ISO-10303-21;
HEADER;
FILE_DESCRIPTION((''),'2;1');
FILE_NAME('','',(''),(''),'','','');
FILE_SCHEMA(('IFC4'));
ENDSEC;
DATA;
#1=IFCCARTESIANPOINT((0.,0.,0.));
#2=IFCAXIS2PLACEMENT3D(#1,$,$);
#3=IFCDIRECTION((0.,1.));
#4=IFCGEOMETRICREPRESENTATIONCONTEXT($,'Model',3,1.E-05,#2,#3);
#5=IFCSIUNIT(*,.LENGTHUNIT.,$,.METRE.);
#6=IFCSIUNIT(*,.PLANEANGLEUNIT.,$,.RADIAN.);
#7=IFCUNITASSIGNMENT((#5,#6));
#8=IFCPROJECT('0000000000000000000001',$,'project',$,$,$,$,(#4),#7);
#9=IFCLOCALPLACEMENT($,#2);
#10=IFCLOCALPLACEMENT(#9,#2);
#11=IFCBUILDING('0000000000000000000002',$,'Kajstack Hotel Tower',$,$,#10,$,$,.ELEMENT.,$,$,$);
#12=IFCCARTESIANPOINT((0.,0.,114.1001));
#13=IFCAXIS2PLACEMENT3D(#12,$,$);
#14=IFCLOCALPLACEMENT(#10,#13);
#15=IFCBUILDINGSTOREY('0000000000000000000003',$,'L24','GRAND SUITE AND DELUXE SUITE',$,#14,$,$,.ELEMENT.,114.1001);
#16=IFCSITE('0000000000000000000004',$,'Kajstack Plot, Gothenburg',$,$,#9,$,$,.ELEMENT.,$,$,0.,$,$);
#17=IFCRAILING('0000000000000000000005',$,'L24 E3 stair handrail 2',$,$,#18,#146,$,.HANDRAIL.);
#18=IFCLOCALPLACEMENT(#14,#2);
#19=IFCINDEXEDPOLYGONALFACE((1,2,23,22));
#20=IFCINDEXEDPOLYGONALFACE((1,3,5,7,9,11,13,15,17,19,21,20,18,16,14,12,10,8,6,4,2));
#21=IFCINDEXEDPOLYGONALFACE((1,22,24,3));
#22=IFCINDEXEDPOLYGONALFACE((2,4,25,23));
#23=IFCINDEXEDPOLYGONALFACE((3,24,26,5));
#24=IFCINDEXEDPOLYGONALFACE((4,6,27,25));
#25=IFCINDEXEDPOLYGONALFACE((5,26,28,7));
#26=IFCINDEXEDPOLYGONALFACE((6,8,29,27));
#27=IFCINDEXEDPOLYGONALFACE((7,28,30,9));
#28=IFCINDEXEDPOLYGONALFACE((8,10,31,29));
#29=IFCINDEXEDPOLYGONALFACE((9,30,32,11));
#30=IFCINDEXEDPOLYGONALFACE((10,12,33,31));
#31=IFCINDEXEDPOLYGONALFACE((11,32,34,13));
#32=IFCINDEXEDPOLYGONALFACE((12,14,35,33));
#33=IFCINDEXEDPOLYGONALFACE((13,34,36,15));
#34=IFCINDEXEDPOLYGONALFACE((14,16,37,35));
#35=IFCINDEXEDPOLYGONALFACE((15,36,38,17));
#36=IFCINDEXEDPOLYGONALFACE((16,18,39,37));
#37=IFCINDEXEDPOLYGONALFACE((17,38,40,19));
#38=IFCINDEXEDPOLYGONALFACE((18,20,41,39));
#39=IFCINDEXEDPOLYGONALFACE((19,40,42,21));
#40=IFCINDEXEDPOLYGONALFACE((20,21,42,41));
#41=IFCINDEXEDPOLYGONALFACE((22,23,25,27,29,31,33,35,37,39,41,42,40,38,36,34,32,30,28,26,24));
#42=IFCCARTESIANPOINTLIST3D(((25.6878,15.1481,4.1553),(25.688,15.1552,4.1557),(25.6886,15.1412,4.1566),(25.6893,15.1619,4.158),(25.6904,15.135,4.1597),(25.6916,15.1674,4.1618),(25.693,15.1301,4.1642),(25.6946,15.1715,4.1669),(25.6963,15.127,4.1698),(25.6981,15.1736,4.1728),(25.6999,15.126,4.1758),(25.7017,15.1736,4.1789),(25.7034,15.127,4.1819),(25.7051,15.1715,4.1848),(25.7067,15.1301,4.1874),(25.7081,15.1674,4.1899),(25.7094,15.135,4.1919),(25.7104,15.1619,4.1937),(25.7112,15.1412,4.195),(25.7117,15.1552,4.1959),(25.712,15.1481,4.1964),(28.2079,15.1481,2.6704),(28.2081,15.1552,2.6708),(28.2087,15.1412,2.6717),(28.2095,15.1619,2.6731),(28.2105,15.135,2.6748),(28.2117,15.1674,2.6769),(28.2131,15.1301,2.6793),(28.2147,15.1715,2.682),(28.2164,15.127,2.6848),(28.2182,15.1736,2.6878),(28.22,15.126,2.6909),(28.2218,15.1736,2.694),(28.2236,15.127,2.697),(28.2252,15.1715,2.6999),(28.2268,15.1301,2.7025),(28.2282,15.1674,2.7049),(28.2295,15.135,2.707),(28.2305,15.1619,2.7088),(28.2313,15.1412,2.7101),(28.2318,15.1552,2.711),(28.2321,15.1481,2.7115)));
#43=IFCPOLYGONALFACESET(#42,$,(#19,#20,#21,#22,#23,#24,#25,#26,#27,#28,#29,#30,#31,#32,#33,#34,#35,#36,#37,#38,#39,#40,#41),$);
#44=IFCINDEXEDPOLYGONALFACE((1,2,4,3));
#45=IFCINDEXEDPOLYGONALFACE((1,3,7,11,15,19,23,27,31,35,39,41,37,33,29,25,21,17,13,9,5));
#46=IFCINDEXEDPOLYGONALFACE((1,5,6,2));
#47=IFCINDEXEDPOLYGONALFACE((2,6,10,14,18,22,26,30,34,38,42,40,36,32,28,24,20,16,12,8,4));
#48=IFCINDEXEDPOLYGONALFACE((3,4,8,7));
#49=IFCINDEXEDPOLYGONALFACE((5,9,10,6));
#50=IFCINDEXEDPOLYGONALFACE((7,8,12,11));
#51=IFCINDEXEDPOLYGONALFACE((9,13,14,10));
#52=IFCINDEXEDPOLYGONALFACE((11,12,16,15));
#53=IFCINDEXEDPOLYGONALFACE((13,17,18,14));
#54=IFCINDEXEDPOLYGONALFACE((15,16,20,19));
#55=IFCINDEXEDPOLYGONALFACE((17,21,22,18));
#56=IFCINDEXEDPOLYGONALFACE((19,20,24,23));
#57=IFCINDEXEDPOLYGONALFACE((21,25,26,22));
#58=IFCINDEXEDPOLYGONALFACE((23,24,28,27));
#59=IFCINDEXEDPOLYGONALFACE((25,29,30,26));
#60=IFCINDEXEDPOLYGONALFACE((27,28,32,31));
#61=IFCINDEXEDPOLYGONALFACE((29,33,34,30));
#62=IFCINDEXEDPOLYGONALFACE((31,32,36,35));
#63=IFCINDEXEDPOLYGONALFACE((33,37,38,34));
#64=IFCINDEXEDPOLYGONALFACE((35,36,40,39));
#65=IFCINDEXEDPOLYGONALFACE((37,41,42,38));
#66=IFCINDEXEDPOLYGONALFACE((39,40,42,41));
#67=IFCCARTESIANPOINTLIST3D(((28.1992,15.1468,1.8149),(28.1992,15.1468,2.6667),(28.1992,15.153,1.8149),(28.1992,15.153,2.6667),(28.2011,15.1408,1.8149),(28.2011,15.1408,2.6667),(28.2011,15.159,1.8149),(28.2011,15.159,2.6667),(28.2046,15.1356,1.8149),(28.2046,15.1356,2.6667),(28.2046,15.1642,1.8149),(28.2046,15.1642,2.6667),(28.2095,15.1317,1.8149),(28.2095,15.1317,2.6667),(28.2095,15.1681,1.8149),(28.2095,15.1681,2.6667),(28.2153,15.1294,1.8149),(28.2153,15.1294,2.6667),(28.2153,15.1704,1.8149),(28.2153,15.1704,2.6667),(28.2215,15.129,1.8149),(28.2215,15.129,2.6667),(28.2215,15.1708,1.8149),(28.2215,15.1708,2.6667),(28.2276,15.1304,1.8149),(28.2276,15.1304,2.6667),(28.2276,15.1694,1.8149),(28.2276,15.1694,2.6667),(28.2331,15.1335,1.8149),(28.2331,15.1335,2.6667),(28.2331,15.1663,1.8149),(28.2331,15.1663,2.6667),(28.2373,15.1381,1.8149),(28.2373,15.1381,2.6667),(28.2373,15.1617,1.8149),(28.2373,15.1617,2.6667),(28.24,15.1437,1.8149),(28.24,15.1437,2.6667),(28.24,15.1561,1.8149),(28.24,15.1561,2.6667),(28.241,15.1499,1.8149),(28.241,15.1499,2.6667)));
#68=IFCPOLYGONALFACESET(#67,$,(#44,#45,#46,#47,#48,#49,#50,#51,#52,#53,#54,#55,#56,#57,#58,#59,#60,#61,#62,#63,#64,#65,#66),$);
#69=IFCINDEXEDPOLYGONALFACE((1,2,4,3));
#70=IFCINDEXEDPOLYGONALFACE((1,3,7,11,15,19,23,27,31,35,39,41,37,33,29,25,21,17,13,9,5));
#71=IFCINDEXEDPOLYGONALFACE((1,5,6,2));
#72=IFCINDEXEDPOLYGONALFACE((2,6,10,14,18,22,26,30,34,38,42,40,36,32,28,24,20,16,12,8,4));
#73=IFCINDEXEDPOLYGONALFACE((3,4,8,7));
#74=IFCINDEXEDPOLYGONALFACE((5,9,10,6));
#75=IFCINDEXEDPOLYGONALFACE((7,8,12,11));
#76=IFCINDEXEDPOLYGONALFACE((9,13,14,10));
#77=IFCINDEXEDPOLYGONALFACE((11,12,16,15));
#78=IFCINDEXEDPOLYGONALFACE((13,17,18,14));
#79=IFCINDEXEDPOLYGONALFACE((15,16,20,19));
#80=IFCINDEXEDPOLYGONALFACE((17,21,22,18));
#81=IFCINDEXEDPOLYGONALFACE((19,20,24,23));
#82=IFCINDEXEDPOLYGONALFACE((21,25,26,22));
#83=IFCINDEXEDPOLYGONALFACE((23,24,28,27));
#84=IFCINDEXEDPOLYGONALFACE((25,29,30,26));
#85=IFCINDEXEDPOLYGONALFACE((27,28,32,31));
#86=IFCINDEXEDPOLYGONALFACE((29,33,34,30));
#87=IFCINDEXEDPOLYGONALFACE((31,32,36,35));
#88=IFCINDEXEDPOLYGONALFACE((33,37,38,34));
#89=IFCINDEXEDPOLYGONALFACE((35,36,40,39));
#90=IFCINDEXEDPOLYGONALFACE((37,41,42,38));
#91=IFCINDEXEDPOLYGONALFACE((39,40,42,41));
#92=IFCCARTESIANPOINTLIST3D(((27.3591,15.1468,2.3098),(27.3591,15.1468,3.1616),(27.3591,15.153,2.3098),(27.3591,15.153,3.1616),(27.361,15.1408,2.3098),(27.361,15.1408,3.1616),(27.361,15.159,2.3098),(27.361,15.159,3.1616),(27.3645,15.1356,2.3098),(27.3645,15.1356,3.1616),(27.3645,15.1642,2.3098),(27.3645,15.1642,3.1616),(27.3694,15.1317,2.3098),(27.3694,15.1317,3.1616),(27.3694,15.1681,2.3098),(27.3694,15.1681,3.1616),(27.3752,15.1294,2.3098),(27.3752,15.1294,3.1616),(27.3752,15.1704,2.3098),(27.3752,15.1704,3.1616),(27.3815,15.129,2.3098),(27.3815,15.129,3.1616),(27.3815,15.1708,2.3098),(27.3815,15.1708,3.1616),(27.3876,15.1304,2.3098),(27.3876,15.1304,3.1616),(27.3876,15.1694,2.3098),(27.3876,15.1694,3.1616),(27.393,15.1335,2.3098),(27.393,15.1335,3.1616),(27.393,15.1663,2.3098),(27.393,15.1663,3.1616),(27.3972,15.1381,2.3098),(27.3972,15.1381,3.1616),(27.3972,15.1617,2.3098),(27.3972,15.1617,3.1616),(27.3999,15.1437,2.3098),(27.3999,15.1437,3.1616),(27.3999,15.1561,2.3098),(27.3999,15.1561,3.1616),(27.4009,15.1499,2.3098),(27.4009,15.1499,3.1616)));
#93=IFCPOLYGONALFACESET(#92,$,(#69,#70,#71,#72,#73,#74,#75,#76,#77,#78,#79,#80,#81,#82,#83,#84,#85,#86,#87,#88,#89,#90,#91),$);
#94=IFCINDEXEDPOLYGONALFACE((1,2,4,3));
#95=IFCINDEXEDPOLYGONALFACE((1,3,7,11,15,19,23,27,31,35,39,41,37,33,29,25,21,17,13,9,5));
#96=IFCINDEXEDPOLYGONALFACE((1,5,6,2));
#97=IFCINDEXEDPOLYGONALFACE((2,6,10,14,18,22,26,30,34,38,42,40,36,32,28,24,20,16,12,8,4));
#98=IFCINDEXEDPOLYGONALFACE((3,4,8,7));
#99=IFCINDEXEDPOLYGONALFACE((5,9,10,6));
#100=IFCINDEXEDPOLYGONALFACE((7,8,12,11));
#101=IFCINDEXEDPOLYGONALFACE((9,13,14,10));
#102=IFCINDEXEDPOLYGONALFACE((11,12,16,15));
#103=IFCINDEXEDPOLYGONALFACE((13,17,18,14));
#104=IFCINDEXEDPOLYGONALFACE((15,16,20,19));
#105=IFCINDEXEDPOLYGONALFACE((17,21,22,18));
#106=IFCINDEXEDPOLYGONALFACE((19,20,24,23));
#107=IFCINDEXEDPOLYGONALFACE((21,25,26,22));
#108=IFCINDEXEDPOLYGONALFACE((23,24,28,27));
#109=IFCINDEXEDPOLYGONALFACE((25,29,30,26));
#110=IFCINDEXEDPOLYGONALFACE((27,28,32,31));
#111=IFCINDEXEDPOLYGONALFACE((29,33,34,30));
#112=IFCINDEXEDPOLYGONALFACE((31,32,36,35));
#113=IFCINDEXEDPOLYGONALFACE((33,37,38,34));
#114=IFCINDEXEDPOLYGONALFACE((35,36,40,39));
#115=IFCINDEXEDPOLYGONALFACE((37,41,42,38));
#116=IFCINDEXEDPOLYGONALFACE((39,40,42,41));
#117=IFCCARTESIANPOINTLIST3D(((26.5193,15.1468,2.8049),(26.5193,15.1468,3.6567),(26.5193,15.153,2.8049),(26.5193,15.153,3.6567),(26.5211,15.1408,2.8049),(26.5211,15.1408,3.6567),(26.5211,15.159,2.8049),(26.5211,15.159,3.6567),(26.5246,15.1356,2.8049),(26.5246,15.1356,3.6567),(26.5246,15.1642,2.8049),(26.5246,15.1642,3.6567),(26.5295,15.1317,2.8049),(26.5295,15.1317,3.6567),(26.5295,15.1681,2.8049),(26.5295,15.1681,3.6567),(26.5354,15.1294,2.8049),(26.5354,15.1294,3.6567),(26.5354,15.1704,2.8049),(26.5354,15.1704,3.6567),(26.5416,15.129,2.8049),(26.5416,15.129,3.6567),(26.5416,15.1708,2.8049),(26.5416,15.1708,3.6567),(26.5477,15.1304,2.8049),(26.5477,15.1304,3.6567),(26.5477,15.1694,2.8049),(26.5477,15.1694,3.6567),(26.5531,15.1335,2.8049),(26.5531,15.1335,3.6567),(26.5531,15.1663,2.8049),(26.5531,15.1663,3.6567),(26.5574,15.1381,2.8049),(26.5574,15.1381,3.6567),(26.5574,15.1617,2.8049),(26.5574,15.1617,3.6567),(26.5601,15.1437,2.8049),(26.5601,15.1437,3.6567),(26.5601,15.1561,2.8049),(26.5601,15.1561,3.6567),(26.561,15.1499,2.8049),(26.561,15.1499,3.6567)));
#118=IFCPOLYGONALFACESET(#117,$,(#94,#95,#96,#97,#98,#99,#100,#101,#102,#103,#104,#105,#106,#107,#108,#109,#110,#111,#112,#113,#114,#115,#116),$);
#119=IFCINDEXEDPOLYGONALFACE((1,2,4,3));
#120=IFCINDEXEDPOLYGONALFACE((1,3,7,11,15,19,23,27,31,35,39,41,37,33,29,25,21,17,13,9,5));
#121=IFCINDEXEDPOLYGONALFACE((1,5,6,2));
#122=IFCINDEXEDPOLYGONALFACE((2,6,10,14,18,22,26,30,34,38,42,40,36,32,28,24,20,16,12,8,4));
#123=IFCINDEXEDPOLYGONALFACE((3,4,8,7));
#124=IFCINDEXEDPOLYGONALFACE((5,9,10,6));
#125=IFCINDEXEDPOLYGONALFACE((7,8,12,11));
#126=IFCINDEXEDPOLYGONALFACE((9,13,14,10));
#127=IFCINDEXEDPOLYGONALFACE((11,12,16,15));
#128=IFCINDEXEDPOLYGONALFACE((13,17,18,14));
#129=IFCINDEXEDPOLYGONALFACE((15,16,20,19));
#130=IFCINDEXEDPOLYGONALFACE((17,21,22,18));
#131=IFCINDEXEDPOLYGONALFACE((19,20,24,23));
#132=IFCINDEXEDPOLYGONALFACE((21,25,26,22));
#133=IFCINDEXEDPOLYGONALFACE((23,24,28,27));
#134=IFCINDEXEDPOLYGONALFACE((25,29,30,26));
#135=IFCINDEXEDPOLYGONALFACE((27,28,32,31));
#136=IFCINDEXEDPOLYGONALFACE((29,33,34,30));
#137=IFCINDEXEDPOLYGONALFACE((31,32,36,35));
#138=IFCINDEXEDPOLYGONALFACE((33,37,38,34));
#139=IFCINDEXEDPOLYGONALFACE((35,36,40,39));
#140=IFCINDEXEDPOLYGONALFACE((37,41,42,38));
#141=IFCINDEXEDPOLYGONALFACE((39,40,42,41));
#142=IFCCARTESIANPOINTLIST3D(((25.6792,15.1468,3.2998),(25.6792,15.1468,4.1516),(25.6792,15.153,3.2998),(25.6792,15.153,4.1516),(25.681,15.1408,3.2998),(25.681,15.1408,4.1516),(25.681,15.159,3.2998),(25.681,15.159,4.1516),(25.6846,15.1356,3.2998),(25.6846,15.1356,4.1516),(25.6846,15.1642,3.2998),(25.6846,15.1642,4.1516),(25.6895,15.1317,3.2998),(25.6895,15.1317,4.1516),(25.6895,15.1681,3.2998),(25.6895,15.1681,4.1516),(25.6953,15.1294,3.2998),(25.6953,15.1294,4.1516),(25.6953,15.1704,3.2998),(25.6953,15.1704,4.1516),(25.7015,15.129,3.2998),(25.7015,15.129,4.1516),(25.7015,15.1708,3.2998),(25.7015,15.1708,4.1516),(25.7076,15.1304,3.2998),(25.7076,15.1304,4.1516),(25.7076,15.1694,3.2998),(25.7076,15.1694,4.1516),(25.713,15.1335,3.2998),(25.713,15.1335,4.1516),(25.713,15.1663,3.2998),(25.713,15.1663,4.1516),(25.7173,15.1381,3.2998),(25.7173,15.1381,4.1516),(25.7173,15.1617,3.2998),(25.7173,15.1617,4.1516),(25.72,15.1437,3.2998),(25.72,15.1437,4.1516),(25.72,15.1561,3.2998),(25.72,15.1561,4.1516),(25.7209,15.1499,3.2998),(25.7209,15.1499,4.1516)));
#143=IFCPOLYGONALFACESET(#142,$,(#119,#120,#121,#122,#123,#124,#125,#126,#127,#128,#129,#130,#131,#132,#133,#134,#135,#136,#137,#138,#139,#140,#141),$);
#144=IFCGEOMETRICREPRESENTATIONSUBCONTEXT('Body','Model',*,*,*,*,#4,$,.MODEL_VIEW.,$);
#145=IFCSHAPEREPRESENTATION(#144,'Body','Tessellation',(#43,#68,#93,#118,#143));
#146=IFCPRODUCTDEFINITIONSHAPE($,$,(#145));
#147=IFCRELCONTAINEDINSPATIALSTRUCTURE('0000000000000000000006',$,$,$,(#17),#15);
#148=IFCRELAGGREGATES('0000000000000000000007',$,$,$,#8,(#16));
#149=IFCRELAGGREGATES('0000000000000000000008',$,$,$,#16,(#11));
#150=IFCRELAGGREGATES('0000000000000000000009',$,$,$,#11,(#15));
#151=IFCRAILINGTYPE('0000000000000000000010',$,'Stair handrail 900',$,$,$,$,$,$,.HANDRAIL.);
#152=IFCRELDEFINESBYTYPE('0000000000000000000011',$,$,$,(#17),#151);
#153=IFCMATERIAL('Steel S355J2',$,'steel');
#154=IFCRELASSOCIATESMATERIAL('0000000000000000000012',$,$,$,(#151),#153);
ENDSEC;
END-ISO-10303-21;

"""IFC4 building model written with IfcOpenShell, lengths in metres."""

from ifc_helpers import new_model, si_unit, direction, frame, origin, origin_2d, place, context, subcontext, project, spatial, circle, extrude, material, type_object, element, save


model = new_model("IFC4")

# Units and contexts
model_context = context("Model", 3, precision=1e-05, world=origin(), true_north=direction((0.0, 1.0)))
body_context = subcontext(model_context, "Body", "Model", "MODEL_VIEW")
ifc_project = project(units=[si_unit("LENGTHUNIT", "METRE"), si_unit("PLANEANGLEUNIT", "RADIAN")], contexts=[model_context])

# Site, building, storey
site_placement = place(None, origin())
site = spatial("IfcSite", under=ifc_project, at=site_placement, Name="Kajstack Plot, Gothenburg", CompositionType="ELEMENT", RefElevation=0.0)
building_placement = place(site_placement, origin())
building = spatial("IfcBuilding", under=site, at=building_placement, Name="Kajstack Hotel Tower", CompositionType="ELEMENT")
storey_placement = place(building_placement, frame((0.0, 0.0, 114.1001)))
storey = spatial("IfcBuildingStorey", under=building, at=storey_placement, Name="L24", Description="GRAND SUITE AND DELUXE SUITE", CompositionType="ELEMENT", Elevation=114.1001)

# Railing
ifc_material_1 = material(Name="Steel S355J2", Category="steel")
railing_type_1 = type_object("IfcRailingType", Name="Stair handrail 900", PredefinedType="HANDRAIL", material=ifc_material_1)
railing_1_placement = place(storey_placement, frame((28.22, 15.1499, 1.8149)))
element("IfcRailing", 1, at=railing_1_placement, inside=storey, type_object=railing_type_1, Name="L24 E3 stair handrail 2", PredefinedType="HANDRAIL", context=body_context, shape_type="SweptSolid", body=[
    extrude(circle(Radius=0.0239, at=origin_2d()), frame((0.0, 0.0, 0.876), z_axis=(-0.861561, 0.0, 0.507655), x_axis=(0.0, -1.0, 0.0)), (0.0, 0.0, 1.0), 2.925),
    extrude(circle(Radius=0.021, at=origin_2d()), origin(), (0.0, 0.0, 1.0), 0.8518),
    extrude(circle(Radius=0.021, at=origin_2d()), frame((-0.8401, 0.0, 0.4949)), (0.0, 0.0, 1.0), 0.8518),
    extrude(circle(Radius=0.021, at=origin_2d()), frame((-1.6799, 0.0, 0.99)), (0.0, 0.0, 1.0), 0.8518),
    extrude(circle(Radius=0.021, at=origin_2d()), frame((-2.52, 0.0, 1.4849)), (0.0, 0.0, 1.0), 0.8518),
])

save(model, "model.ifc")
